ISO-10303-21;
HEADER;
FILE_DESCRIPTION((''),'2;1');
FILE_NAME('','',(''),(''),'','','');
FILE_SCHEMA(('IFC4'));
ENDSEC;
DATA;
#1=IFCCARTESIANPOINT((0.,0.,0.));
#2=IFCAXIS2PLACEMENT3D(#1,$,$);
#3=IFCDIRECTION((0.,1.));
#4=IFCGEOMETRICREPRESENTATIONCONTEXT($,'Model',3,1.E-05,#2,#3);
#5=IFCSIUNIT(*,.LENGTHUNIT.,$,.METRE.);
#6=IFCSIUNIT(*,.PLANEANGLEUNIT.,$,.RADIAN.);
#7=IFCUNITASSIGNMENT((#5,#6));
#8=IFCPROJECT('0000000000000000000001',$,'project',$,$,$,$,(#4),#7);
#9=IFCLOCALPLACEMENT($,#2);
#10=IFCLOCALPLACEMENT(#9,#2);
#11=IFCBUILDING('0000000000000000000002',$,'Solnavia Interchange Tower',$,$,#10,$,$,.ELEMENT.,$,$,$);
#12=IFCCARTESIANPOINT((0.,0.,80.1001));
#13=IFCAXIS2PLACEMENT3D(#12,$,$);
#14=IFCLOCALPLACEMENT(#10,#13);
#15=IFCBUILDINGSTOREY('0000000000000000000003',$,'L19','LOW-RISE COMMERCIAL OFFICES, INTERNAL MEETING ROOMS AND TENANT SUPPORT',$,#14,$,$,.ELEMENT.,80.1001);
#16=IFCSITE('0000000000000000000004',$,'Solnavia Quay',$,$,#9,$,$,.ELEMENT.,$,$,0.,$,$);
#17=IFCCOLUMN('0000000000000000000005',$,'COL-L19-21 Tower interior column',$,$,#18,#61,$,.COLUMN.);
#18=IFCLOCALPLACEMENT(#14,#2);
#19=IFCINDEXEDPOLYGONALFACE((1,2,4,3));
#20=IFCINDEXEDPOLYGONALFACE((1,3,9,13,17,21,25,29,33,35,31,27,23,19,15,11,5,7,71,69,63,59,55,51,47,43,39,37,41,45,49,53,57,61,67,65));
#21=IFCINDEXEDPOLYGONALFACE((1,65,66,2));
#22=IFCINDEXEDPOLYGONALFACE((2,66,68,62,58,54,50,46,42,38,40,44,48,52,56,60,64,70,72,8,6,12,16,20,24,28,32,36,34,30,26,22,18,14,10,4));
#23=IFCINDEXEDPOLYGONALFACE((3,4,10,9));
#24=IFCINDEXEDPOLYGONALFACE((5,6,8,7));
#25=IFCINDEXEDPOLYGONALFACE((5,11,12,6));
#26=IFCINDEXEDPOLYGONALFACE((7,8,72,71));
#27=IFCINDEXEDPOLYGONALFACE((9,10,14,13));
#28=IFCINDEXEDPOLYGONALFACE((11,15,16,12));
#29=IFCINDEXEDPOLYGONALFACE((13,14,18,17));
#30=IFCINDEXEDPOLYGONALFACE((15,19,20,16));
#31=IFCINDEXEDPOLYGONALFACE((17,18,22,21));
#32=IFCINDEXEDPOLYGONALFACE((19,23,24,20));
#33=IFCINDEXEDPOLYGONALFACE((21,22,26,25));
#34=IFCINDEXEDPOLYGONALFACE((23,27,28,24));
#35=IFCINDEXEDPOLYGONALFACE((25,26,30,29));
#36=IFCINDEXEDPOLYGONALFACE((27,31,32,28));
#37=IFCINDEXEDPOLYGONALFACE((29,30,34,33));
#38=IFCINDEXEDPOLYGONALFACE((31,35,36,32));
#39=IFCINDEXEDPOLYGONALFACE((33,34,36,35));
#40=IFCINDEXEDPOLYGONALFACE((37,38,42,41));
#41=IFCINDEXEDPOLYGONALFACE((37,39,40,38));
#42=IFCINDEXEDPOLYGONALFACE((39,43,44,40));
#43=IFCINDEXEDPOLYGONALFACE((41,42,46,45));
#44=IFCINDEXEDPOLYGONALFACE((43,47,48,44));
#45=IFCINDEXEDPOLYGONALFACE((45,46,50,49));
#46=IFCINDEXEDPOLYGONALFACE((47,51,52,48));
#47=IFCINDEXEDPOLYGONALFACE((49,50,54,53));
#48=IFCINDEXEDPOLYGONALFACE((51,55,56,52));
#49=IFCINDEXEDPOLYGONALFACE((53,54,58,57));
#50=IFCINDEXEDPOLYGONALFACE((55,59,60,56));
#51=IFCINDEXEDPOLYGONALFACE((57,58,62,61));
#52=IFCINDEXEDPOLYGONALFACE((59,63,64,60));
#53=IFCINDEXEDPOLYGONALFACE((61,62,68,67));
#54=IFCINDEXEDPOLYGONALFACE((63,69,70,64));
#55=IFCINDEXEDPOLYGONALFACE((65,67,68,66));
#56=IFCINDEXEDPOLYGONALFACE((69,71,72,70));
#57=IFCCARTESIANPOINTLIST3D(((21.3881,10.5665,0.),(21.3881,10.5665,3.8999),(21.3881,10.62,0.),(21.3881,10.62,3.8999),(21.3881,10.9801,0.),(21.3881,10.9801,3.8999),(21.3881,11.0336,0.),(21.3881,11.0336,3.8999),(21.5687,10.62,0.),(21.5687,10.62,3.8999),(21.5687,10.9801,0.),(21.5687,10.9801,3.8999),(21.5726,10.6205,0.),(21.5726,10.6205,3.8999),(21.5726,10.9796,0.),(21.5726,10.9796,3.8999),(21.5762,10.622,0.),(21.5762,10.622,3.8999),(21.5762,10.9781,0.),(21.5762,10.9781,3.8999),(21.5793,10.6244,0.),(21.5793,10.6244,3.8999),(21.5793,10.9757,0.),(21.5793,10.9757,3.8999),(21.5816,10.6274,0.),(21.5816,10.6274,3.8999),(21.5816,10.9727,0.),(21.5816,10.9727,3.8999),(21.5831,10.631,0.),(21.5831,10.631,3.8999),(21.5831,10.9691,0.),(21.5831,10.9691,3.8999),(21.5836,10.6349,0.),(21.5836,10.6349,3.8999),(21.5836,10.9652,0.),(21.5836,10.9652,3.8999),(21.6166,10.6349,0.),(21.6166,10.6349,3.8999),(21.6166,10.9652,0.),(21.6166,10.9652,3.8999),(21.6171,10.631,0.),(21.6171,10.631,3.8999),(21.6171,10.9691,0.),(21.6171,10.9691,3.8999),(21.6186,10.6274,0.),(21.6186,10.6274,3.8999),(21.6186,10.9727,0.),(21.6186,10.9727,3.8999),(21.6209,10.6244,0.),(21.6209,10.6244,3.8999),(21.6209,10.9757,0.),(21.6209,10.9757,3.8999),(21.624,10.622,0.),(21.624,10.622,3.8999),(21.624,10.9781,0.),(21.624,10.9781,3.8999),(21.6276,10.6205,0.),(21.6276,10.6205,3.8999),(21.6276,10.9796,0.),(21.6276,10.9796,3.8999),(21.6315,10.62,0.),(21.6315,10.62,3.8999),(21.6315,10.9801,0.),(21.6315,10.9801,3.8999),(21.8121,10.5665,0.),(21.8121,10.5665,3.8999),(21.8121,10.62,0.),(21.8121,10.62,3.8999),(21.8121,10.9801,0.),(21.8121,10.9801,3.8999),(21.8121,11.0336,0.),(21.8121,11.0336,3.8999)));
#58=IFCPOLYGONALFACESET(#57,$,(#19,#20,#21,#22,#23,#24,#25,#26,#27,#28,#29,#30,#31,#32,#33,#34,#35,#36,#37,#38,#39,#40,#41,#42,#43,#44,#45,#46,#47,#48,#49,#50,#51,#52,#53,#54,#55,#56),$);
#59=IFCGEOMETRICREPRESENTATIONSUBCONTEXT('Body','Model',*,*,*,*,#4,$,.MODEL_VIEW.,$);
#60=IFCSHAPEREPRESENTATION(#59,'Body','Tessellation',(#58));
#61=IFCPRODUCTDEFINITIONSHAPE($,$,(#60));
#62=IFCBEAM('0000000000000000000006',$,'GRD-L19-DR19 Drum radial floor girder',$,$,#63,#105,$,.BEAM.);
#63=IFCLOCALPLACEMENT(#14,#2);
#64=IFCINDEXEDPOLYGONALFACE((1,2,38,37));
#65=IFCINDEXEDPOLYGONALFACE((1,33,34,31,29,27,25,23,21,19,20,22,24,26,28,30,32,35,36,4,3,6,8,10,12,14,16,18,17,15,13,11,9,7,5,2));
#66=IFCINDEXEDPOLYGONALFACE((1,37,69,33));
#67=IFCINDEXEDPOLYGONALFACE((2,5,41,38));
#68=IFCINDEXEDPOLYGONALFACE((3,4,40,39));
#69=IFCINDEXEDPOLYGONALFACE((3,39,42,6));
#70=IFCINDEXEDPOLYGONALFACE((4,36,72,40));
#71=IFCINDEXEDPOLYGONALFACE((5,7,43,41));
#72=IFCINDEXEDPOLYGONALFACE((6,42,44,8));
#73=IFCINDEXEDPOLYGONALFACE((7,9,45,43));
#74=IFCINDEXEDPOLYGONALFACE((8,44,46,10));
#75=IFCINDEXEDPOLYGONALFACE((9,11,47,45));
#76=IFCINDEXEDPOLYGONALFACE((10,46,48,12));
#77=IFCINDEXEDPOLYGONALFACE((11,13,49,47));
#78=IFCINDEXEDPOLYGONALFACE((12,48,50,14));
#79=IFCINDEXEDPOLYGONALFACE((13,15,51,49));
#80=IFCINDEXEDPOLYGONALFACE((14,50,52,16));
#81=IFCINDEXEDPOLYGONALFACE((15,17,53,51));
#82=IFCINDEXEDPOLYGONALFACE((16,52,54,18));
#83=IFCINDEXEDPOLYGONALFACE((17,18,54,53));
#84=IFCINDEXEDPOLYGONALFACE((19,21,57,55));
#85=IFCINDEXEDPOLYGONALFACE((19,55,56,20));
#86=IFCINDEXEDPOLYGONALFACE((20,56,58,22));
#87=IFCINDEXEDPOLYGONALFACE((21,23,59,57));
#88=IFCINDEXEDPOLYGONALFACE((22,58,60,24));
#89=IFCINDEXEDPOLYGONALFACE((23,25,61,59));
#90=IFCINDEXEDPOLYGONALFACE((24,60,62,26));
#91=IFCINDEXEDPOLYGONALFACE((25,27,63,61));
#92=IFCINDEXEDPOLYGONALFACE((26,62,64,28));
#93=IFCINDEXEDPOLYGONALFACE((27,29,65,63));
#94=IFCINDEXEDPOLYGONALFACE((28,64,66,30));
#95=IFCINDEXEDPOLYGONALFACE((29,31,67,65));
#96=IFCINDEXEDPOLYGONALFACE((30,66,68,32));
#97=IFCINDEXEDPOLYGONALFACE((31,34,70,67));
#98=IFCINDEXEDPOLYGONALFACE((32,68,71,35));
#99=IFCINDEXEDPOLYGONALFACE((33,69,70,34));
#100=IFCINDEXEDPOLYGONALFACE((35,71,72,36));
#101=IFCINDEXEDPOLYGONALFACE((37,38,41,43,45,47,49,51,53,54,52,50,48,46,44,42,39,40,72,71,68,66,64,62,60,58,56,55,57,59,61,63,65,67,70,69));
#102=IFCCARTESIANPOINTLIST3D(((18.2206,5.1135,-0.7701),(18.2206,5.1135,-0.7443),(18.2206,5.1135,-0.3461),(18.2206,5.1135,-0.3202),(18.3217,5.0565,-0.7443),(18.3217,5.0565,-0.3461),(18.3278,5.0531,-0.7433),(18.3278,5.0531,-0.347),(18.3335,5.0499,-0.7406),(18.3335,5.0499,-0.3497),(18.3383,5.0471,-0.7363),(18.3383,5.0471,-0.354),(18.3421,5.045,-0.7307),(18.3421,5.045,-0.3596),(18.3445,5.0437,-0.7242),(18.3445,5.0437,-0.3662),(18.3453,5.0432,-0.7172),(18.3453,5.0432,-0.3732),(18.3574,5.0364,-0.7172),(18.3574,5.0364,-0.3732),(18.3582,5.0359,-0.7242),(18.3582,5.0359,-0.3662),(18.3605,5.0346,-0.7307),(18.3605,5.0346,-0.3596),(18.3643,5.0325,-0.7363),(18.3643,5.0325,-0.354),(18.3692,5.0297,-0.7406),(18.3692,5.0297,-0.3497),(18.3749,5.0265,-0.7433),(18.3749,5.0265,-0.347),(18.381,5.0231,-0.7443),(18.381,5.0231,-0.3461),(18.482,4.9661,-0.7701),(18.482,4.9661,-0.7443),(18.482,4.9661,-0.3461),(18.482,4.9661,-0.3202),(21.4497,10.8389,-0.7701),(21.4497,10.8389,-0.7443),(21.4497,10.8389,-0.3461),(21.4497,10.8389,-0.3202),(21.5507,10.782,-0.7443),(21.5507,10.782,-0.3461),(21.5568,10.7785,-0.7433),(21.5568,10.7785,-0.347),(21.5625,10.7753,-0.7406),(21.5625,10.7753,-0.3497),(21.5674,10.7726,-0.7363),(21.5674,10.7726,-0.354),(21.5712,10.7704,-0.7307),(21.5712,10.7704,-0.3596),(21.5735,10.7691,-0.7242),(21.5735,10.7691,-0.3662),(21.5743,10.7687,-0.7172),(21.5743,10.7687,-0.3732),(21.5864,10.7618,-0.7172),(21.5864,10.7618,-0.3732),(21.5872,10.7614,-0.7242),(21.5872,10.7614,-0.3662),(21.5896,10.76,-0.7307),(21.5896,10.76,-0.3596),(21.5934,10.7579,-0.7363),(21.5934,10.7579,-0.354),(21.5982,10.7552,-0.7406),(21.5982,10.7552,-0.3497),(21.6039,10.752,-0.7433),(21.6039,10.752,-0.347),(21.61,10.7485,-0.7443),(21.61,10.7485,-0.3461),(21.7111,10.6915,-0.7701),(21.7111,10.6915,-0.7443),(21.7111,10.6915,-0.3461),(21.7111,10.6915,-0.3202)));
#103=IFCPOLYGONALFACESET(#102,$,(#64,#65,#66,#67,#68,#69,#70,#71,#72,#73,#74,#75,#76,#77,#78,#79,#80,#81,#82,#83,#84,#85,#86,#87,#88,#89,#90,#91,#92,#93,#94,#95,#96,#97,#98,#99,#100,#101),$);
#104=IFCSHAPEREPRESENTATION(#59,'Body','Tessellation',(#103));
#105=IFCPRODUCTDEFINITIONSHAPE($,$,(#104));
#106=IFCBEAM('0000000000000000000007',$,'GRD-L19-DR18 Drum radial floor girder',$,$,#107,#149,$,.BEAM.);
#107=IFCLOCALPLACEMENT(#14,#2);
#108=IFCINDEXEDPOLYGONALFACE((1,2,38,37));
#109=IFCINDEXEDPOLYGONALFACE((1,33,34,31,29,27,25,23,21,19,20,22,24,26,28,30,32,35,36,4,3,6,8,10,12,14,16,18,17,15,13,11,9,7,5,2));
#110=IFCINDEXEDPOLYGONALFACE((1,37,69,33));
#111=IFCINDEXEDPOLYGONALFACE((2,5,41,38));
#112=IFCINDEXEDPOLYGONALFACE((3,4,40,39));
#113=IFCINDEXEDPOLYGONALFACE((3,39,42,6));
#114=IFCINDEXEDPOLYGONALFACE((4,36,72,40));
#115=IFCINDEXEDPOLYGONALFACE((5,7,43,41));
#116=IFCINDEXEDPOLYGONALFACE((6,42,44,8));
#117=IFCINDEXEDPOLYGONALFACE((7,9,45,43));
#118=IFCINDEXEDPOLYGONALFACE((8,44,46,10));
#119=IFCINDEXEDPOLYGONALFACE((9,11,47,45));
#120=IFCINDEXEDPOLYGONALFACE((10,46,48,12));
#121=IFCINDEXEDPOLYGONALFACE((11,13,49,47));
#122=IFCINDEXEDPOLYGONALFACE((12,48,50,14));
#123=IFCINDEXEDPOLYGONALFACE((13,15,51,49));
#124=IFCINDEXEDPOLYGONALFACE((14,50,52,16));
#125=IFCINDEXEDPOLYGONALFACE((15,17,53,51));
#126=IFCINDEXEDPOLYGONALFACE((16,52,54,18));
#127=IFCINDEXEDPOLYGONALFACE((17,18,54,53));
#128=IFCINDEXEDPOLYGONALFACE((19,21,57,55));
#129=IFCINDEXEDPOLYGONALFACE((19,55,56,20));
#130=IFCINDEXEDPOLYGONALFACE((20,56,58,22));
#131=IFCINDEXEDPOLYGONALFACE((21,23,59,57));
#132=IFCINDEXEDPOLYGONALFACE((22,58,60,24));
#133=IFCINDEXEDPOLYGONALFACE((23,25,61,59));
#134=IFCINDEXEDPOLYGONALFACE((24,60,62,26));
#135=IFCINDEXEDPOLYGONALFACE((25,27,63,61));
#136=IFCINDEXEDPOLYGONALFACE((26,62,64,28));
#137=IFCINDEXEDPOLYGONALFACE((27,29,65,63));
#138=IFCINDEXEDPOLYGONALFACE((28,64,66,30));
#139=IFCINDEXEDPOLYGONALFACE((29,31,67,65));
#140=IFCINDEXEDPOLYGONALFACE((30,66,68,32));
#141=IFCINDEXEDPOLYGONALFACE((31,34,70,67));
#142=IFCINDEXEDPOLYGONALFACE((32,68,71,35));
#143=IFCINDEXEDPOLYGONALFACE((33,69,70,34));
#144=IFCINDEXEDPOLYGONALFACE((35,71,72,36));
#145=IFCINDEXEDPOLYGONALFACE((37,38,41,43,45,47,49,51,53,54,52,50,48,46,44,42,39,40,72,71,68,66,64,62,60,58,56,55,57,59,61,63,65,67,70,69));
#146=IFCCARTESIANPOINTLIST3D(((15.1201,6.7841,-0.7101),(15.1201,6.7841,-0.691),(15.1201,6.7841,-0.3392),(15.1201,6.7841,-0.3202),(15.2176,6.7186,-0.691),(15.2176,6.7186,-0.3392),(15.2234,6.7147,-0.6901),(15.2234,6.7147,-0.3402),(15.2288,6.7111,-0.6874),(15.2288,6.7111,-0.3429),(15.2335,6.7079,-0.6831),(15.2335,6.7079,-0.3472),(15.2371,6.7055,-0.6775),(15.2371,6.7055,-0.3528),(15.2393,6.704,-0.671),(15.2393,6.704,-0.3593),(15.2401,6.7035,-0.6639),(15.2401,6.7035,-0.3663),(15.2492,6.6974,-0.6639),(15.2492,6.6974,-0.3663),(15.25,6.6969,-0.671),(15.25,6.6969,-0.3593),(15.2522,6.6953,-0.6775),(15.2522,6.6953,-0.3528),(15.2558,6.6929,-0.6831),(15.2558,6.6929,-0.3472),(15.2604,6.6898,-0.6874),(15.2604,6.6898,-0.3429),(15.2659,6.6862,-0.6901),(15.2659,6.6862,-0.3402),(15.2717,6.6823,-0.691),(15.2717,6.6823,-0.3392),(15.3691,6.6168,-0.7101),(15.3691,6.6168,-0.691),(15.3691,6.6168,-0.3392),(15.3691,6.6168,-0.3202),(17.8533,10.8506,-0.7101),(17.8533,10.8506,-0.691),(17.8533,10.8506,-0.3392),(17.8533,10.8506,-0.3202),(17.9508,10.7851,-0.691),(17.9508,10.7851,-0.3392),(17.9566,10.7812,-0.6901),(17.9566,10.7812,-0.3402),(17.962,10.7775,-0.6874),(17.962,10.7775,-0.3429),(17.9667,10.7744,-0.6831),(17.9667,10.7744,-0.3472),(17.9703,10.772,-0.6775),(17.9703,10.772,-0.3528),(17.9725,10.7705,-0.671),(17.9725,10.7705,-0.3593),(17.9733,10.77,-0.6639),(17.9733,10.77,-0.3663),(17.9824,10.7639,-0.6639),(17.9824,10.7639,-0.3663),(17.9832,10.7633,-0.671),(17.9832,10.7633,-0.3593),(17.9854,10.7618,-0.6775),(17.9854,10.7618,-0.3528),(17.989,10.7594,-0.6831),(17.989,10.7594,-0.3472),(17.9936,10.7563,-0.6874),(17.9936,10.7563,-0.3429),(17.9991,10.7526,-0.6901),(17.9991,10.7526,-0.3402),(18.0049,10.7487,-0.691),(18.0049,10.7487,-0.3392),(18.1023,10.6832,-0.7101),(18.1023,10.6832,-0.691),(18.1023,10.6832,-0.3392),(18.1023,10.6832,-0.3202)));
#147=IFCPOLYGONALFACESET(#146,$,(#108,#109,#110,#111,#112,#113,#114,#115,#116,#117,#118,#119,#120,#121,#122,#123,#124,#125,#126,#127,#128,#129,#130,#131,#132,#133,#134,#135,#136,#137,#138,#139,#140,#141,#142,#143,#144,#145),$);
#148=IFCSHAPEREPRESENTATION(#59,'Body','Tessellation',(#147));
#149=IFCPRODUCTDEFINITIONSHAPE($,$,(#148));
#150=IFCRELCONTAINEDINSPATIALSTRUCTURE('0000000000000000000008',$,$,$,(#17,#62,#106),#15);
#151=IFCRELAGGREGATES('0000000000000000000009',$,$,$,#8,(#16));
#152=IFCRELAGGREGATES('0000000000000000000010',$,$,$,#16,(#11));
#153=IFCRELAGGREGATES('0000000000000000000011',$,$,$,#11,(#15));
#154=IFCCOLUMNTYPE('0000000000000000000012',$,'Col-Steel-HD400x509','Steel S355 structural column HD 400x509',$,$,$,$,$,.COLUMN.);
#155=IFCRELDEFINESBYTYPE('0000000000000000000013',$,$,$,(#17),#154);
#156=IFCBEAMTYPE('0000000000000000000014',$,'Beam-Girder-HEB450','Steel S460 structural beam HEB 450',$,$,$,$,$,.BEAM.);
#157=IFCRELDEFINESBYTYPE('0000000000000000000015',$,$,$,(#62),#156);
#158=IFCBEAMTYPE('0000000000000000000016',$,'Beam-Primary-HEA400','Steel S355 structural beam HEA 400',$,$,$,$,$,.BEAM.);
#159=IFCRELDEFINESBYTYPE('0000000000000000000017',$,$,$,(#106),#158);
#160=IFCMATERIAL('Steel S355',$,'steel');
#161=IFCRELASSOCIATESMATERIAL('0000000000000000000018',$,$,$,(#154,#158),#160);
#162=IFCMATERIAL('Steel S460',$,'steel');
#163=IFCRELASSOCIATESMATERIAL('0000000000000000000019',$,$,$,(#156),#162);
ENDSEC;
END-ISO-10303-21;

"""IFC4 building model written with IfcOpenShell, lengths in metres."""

from ifc_helpers import new_model, si_unit, direction, frame, origin, origin_2d, place, context, subcontext, project, spatial, i_section, extrude, material, material_profile, profile_set, type_object, element, save


model = new_model("IFC4")

# Units and contexts
model_context = context("Model", 3, precision=1e-05, world=origin(), true_north=direction((0.0, 1.0)))
body_context = subcontext(model_context, "Body", "Model", "MODEL_VIEW")
ifc_project = project(units=[si_unit("LENGTHUNIT", "METRE"), si_unit("PLANEANGLEUNIT", "RADIAN")], contexts=[model_context])

# Site, building, storey
site_placement = place(None, origin())
site = spatial("IfcSite", under=ifc_project, at=site_placement, Name="Solnavia Quay", CompositionType="ELEMENT", RefElevation=0.0)
building_placement = place(site_placement, origin())
building = spatial("IfcBuilding", under=site, at=building_placement, Name="Solnavia Interchange Tower", CompositionType="ELEMENT")
storey_placement = place(building_placement, frame((0.0, 0.0, 80.1001)))
storey = spatial("IfcBuildingStorey", under=building, at=storey_placement, Name="L19", Description="LOW-RISE COMMERCIAL OFFICES, INTERNAL MEETING ROOMS AND TENANT SUPPORT", CompositionType="ELEMENT", Elevation=80.1001)

# Column
ifc_material_1 = material(Name="Steel S355", Category="steel")
ifc_material_profile_1 = material_profile(ifc_material_1, i_section(OverallWidth=0.4241, OverallDepth=0.467, WebThickness=0.033, FlangeThickness=0.0535, FilletRadius=0.0149, at=origin_2d()), Name="HD 400x509")
ifc_profile_set_1 = profile_set([ifc_material_profile_1], Name="Steel S355")
column_type_1 = type_object("IfcColumnType", Name="Col-Steel-HD400x509", Description="Steel S355 structural column HD 400x509", PredefinedType="COLUMN", material=ifc_profile_set_1)
column_placement = place(storey_placement, frame((21.6001, 10.8, 0.0), z_axis=(0.0, 0.0, 1.0), x_axis=(1.0, 0.0, 0.0)))
element("IfcColumn", 1, at=column_placement, inside=storey, type_object=column_type_1, Name="COL-L19-21 Tower interior column", PredefinedType="COLUMN", context=body_context, shape_type="SweptSolid", body=[
    extrude(i_section(OverallWidth=0.4241, OverallDepth=0.467, WebThickness=0.033, FlangeThickness=0.0535, FilletRadius=0.0149, at=origin_2d()), origin(), (0.0, 0.0, 1.0), 3.8999),
])

# Beams
ifc_material_2 = material(Name="Steel S460", Category="steel")
ifc_material_profile_2 = material_profile(ifc_material_2, i_section(OverallWidth=0.3, OverallDepth=0.45, WebThickness=0.0139, FlangeThickness=0.0259, FilletRadius=0.0271, at=origin_2d()), Name="HEB 450")
ifc_profile_set_2 = profile_set([ifc_material_profile_2], Name="Steel S460")
beam_type_1 = type_object("IfcBeamType", Name="Beam-Girder-HEB450", Description="Steel S460 structural beam HEB 450", PredefinedType="BEAM", material=ifc_profile_set_2)
beam_1_placement = place(storey_placement, frame((18.3513, 5.0398, -0.5452), z_axis=(0.491243, 0.871022, 0.0), x_axis=(-0.871022, 0.491243, 0.0)))
element("IfcBeam", 2, at=beam_1_placement, inside=storey, type_object=beam_type_1, Name="GRD-L19-DR19 Drum radial floor girder", PredefinedType="BEAM", context=body_context, shape_type="SweptSolid", body=[
    extrude(i_section(OverallWidth=0.3, OverallDepth=0.45, WebThickness=0.0139, FlangeThickness=0.0259, FilletRadius=0.0271, at=origin_2d()), origin(), (0.0, 0.0, 1.0), 6.5732),
])
ifc_material_profile_3 = material_profile(ifc_material_1, i_section(OverallWidth=0.3, OverallDepth=0.3899, WebThickness=0.011, FlangeThickness=0.019, FilletRadius=0.0271, at=origin_2d()), Name="HEA 400")
ifc_profile_set_3 = profile_set([ifc_material_profile_3], Name="Steel S355")
beam_type_2 = type_object("IfcBeamType", Name="Beam-Primary-HEA400", Description="Steel S355 structural beam HEA 400", PredefinedType="BEAM", material=ifc_profile_set_3)
beam_2_placement = place(storey_placement, frame((15.2446, 6.7004, -0.5151), z_axis=(0.557835, 0.829952, 0.0), x_axis=(-0.829952, 0.557835, 0.0)))
element("IfcBeam", 3, at=beam_2_placement, inside=storey, type_object=beam_type_2, Name="GRD-L19-DR18 Drum radial floor girder", PredefinedType="BEAM", context=body_context, shape_type="SweptSolid", body=[
    extrude(i_section(OverallWidth=0.3, OverallDepth=0.3899, WebThickness=0.011, FlangeThickness=0.019, FilletRadius=0.0271, at=origin_2d()), origin(), (0.0, 0.0, 1.0), 4.8997),
])

save(model, "model.ifc")
